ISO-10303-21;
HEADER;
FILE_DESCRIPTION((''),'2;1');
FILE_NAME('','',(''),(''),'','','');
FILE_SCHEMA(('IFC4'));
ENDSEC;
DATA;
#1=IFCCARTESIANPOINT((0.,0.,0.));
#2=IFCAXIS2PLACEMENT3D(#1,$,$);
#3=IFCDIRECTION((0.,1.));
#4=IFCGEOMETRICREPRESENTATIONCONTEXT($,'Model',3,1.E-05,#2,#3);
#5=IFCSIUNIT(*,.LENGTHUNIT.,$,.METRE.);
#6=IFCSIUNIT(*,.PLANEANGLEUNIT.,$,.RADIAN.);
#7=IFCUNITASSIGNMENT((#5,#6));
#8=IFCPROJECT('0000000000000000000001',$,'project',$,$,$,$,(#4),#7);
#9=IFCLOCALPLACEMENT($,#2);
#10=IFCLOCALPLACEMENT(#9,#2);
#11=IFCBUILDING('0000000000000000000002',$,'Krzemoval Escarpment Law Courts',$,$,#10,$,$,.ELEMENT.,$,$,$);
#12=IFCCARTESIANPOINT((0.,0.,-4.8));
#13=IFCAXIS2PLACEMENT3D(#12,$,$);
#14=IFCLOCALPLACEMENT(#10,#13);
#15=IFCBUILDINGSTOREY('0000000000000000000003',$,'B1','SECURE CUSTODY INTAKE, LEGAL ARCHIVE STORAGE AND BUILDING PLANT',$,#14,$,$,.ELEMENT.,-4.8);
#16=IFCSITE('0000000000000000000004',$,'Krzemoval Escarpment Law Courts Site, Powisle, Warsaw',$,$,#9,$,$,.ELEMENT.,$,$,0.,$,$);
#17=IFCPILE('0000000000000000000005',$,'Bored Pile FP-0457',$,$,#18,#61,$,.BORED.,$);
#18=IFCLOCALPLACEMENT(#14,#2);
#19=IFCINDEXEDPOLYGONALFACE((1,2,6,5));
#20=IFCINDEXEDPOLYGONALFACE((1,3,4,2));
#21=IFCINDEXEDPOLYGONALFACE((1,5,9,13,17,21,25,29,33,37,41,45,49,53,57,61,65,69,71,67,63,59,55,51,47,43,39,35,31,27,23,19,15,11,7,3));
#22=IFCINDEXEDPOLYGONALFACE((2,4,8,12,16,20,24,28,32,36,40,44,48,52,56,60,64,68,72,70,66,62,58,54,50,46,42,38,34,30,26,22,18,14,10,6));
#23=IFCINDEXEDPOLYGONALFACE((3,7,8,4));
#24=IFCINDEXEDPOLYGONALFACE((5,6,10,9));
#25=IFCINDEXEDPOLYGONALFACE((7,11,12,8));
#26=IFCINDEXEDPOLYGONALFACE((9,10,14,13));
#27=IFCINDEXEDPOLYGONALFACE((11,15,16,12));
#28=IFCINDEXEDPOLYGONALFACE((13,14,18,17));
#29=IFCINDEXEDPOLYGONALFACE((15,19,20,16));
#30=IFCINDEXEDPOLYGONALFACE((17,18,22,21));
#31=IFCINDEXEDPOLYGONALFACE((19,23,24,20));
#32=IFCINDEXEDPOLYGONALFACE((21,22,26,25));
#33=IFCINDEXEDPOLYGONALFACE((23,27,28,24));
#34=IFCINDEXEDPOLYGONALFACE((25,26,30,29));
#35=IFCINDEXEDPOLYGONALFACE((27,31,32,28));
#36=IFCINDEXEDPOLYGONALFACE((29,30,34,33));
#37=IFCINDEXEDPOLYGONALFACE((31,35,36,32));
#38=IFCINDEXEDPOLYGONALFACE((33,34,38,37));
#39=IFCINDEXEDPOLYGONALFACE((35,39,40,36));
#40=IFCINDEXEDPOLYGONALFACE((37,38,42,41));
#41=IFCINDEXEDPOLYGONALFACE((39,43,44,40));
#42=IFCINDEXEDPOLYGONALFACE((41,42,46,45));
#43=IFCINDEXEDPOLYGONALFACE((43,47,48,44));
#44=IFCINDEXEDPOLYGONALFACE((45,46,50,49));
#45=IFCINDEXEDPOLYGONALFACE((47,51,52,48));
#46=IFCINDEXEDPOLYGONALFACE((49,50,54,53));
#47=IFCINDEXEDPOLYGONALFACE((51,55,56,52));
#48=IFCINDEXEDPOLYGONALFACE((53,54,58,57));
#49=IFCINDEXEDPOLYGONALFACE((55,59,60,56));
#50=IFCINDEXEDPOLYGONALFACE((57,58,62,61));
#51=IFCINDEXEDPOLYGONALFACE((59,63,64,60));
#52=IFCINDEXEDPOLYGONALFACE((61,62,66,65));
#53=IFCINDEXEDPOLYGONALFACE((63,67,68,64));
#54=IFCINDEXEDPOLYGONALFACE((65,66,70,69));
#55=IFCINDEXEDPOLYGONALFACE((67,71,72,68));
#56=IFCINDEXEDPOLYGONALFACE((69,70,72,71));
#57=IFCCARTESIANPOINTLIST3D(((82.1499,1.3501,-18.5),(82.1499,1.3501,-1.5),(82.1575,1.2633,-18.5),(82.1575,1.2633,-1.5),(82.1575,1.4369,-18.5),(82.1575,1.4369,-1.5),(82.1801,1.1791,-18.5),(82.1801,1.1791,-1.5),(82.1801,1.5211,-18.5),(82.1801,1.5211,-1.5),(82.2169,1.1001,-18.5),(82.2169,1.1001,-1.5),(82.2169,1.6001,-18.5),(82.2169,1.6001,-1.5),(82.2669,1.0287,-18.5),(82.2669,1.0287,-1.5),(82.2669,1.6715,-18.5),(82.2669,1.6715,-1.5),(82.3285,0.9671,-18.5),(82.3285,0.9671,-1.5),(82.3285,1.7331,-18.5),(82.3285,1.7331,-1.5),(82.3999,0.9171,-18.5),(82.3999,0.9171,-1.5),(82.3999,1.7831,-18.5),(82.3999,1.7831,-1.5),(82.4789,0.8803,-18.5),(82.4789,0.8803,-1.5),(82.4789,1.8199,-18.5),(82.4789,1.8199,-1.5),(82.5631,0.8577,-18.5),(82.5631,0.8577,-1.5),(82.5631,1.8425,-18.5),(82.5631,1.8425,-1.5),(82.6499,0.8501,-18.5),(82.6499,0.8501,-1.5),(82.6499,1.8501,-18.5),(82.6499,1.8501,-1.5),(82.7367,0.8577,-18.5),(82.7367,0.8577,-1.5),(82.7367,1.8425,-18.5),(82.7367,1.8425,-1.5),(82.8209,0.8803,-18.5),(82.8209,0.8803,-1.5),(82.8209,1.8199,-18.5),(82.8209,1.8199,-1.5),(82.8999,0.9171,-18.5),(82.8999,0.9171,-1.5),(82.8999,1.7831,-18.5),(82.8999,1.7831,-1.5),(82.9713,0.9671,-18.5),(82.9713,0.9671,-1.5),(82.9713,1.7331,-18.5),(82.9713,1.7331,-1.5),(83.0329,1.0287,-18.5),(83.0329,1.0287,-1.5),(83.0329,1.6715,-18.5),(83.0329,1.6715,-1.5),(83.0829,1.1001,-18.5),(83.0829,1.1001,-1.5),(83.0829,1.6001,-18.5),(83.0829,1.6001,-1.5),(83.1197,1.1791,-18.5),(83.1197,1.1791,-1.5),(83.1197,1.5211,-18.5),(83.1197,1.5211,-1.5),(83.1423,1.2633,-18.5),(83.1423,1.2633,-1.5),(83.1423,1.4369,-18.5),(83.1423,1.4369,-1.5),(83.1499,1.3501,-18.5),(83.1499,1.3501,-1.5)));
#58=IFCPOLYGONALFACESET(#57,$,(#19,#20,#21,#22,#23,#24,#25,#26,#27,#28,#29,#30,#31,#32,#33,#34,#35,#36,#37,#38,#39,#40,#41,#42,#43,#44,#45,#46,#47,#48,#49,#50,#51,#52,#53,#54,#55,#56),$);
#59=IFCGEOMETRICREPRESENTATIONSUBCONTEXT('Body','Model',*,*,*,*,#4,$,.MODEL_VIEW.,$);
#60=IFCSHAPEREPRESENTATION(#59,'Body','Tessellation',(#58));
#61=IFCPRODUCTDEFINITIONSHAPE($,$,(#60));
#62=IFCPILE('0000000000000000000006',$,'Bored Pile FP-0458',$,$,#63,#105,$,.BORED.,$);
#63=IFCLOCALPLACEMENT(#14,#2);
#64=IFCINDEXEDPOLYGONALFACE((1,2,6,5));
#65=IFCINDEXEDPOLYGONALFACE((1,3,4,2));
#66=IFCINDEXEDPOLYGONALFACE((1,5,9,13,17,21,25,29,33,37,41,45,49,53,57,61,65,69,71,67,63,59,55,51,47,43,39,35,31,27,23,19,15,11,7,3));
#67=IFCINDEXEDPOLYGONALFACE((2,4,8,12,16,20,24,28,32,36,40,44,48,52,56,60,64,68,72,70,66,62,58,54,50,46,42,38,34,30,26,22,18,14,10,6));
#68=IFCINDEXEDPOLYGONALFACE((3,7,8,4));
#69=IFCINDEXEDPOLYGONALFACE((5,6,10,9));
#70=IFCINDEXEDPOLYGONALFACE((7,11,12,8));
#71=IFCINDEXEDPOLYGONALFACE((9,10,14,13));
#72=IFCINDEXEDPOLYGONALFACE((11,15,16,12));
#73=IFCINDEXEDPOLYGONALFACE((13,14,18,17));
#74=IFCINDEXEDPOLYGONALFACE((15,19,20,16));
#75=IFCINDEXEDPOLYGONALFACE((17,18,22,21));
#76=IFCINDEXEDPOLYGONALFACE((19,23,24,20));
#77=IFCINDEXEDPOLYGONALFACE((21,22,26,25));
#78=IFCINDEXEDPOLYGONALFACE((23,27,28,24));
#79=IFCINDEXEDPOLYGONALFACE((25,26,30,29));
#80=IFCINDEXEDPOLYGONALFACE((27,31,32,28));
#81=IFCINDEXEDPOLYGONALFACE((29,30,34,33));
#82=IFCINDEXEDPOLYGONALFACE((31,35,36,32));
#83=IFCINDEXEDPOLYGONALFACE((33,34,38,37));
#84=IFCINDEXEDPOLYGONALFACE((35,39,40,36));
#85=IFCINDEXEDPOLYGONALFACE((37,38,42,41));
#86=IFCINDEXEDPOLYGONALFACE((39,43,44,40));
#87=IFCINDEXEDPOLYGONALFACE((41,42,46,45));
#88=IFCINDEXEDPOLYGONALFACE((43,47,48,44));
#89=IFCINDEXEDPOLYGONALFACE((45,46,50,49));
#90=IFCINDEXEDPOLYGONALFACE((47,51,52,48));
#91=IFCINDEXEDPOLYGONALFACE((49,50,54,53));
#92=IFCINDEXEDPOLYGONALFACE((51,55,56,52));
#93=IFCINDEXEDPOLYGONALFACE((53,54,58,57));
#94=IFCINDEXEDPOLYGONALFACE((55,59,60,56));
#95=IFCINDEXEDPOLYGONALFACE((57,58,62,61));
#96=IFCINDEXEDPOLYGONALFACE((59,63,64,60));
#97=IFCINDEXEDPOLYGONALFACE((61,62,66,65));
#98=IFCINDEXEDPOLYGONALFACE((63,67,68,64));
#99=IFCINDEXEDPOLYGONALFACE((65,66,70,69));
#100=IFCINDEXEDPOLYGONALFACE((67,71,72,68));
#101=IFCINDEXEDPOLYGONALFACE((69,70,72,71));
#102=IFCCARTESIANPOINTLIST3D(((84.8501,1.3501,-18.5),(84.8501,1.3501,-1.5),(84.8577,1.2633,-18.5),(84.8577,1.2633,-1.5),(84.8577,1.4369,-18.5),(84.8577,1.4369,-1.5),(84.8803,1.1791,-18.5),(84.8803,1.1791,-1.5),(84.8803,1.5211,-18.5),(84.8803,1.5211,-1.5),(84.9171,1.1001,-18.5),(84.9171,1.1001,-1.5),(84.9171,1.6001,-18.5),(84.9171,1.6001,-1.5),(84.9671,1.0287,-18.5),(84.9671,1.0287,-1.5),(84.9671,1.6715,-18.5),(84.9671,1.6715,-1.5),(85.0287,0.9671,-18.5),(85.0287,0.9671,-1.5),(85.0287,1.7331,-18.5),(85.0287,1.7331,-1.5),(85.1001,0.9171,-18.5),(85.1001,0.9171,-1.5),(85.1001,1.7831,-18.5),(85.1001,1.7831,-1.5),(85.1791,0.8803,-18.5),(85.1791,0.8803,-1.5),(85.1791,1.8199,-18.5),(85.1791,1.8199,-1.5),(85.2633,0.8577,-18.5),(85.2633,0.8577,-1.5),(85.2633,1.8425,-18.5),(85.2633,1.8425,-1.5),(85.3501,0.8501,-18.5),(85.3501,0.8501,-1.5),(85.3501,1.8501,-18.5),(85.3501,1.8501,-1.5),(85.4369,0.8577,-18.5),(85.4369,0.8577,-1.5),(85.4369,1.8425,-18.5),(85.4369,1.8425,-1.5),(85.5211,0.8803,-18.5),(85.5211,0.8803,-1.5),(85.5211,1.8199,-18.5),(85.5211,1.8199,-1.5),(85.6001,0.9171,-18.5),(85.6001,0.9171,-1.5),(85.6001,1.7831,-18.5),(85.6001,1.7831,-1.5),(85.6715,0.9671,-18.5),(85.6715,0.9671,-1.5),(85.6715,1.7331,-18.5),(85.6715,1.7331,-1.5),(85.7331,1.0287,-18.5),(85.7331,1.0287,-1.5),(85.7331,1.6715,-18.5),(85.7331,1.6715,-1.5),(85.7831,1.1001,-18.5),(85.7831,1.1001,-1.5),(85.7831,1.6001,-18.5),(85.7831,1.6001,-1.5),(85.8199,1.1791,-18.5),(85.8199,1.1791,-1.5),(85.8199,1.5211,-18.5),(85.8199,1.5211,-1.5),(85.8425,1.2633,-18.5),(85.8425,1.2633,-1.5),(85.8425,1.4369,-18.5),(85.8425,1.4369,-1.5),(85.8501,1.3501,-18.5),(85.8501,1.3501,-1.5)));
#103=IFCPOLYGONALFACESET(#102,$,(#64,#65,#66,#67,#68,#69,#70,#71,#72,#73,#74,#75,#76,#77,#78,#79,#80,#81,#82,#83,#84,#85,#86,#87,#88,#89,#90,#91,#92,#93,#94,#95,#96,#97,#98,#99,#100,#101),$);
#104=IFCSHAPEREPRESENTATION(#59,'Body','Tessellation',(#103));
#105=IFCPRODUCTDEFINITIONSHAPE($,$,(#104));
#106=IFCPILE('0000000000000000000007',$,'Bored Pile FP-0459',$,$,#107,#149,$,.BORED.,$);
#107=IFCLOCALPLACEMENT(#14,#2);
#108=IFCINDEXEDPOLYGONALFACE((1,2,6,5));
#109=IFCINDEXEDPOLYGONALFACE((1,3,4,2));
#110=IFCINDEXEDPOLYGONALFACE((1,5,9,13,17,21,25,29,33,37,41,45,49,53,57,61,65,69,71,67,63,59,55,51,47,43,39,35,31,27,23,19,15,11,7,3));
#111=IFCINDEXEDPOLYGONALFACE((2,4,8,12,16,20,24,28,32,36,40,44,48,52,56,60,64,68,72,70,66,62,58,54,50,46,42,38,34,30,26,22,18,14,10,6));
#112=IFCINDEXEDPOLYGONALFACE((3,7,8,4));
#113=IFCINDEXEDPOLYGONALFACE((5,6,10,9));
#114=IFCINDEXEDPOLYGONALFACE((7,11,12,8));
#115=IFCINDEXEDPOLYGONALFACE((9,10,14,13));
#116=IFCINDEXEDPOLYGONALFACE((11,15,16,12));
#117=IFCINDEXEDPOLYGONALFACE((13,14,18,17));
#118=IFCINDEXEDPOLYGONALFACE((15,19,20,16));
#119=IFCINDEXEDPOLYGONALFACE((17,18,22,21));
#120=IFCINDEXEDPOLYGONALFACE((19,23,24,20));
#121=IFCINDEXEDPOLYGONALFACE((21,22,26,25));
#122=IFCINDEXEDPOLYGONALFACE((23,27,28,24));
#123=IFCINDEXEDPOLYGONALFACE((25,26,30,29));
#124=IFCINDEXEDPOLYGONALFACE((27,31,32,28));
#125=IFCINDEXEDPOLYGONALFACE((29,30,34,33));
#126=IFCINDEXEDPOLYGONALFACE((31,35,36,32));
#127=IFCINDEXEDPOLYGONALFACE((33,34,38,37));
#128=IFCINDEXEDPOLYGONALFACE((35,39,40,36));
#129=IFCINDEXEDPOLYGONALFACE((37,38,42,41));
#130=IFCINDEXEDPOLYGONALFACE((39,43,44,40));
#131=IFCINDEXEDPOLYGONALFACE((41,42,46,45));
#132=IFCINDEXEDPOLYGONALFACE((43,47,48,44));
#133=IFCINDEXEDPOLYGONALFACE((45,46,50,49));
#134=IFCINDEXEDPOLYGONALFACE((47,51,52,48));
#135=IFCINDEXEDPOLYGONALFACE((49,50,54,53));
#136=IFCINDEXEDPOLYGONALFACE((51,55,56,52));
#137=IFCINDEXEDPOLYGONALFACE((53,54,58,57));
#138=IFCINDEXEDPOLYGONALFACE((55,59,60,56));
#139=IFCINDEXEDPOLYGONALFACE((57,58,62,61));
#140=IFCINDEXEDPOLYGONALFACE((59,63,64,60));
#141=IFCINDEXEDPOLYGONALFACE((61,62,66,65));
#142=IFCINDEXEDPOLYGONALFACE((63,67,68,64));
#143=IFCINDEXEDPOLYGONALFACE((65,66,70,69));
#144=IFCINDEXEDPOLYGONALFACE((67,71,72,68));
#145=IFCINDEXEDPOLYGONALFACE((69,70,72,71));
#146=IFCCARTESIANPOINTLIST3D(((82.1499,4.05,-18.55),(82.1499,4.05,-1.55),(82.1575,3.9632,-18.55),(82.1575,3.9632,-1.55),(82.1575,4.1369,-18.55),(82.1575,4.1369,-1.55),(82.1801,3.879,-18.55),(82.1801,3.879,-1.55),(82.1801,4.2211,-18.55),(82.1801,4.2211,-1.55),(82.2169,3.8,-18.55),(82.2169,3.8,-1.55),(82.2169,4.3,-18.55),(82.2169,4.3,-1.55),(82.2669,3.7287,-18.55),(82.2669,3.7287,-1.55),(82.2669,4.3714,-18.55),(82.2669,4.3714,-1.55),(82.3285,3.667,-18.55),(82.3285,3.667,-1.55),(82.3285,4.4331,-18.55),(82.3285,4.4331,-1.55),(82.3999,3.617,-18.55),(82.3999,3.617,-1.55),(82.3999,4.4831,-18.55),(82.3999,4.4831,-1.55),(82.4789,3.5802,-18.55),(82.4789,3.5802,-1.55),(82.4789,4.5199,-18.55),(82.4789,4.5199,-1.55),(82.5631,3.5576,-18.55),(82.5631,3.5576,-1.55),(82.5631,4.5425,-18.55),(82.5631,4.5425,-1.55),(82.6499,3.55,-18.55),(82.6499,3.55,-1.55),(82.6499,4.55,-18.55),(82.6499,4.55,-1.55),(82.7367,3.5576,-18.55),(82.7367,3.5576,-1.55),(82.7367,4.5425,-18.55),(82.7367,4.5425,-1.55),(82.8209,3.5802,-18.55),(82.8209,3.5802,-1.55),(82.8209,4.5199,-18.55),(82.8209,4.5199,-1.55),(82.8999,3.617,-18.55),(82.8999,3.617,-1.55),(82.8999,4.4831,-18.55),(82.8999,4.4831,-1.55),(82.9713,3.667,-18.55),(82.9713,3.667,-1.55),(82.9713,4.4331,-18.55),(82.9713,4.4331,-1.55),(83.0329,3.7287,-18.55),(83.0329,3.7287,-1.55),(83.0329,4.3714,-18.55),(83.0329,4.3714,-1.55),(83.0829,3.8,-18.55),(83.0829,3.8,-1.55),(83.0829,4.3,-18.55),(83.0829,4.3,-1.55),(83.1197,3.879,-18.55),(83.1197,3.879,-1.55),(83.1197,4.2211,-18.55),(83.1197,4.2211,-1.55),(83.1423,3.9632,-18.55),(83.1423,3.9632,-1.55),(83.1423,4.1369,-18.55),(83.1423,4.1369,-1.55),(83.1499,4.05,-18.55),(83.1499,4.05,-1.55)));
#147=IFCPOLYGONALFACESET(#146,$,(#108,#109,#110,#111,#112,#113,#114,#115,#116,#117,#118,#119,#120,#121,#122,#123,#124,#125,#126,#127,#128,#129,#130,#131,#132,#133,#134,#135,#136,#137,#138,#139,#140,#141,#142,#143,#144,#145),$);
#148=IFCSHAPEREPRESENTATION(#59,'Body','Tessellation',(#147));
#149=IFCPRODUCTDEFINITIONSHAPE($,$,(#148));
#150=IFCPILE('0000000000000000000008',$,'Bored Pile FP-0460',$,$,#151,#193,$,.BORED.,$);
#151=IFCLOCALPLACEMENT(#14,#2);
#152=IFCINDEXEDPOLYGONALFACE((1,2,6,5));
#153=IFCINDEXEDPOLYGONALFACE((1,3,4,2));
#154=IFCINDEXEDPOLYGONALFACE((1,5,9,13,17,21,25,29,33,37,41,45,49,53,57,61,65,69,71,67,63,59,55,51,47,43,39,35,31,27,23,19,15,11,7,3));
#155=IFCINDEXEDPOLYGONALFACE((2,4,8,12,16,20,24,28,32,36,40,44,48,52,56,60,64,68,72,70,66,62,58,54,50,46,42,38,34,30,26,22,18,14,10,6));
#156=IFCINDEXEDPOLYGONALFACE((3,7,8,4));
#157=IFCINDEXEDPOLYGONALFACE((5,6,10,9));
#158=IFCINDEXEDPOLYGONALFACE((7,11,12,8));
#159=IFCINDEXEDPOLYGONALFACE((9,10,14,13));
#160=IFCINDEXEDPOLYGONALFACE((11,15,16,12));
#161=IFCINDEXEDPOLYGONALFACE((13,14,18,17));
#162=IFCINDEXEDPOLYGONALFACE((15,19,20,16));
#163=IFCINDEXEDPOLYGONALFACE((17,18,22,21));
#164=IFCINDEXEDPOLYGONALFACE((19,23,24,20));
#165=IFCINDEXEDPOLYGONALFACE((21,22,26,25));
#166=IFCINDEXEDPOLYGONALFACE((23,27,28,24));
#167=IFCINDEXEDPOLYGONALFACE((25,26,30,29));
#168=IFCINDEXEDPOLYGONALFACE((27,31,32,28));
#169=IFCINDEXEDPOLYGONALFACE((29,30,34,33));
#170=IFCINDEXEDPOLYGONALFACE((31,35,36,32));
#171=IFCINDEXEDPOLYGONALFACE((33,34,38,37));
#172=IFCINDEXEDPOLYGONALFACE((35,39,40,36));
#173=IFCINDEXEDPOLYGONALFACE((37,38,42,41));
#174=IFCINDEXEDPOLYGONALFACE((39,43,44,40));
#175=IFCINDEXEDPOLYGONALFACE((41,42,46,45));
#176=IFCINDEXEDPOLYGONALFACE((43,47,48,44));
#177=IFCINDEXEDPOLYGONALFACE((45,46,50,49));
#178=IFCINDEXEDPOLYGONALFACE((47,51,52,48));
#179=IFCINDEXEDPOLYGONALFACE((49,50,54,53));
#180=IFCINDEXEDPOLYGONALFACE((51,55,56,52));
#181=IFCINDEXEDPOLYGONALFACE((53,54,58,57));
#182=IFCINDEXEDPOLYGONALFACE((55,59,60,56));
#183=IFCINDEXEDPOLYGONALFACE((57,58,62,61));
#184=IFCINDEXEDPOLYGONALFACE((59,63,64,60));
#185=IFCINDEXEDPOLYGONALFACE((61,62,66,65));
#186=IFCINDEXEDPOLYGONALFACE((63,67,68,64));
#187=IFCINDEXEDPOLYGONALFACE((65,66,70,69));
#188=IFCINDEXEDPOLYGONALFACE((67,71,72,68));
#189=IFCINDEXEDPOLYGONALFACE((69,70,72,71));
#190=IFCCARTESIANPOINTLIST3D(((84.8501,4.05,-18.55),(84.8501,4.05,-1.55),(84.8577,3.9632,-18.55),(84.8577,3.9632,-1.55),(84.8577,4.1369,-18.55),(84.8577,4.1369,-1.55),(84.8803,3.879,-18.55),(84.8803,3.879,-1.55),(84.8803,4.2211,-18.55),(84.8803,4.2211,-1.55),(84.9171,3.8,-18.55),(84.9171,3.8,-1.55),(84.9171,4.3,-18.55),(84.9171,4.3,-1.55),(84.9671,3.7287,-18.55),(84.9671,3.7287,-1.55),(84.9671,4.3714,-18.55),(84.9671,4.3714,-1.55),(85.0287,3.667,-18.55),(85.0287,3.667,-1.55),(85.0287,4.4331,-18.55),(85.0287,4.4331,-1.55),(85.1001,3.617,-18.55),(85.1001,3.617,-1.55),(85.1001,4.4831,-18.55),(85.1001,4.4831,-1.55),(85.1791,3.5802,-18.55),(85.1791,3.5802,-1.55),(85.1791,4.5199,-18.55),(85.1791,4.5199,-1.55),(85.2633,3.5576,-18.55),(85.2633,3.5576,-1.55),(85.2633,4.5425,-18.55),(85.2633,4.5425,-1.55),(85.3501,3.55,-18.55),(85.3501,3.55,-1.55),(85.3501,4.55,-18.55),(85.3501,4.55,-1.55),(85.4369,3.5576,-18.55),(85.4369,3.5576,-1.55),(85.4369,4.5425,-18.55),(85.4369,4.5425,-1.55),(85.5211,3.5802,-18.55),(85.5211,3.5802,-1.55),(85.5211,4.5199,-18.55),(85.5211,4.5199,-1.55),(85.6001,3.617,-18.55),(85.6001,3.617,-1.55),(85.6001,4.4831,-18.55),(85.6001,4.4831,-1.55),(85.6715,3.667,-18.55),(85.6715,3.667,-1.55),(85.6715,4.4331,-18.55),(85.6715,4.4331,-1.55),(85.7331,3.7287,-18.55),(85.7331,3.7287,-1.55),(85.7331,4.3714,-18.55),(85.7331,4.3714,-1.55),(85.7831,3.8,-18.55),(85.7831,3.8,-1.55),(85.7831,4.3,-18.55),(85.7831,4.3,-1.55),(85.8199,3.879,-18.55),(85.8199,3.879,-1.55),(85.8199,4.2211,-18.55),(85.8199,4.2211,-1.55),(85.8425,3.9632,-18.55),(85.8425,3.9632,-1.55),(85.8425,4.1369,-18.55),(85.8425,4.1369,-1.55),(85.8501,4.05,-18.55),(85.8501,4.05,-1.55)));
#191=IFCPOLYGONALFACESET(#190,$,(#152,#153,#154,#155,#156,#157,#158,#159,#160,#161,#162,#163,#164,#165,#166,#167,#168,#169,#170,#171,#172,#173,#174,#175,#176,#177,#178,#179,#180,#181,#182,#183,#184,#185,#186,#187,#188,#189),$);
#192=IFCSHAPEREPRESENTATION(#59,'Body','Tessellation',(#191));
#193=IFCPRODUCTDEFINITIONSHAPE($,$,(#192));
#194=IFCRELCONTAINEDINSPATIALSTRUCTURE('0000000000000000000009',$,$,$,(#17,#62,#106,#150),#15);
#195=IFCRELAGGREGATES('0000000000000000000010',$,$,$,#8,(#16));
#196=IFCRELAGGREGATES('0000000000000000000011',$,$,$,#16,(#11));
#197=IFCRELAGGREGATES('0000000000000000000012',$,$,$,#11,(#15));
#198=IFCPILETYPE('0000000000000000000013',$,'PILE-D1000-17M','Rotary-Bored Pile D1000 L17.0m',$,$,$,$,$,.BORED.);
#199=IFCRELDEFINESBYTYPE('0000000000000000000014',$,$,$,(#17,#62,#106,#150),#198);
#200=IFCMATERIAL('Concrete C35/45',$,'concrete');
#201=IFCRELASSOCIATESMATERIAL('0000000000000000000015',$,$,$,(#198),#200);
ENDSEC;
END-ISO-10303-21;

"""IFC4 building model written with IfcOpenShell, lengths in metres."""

from ifc_helpers import new_model, si_unit, direction, frame, origin, origin_2d, place, context, subcontext, project, spatial, circle, extrude, material, material_profile, profile_set, type_object, element, save


model = new_model("IFC4")

# Units and contexts
model_context = context("Model", 3, precision=1e-05, world=origin(), true_north=direction((0.0, 1.0)))
body_context = subcontext(model_context, "Body", "Model", "MODEL_VIEW")
ifc_project = project(units=[si_unit("LENGTHUNIT", "METRE"), si_unit("PLANEANGLEUNIT", "RADIAN")], contexts=[model_context])

# Site, building, storey
site_placement = place(None, origin())
site = spatial("IfcSite", under=ifc_project, at=site_placement, Name="Krzemoval Escarpment Law Courts Site, Powisle, Warsaw", CompositionType="ELEMENT", RefElevation=0.0)
building_placement = place(site_placement, origin())
building = spatial("IfcBuilding", under=site, at=building_placement, Name="Krzemoval Escarpment Law Courts", CompositionType="ELEMENT")
storey_placement = place(building_placement, frame((0.0, 0.0, -4.8)))
storey = spatial("IfcBuildingStorey", under=building, at=storey_placement, Name="B1", Description="SECURE CUSTODY INTAKE, LEGAL ARCHIVE STORAGE AND BUILDING PLANT", CompositionType="ELEMENT", Elevation=-4.8)

# Piles
ifc_material_1 = material(Name="Concrete C35/45", Category="concrete")
ifc_material_profile_1 = material_profile(ifc_material_1, circle(Radius=0.5, at=origin_2d()), Name="PILE D1000")
ifc_profile_set_1 = profile_set([ifc_material_profile_1], Name="Concrete C35/45")
pile_type = type_object("IfcPileType", Name="PILE-D1000-17M", Description="Rotary-Bored Pile D1000 L17.0m", PredefinedType="BORED", material=ifc_profile_set_1)
for number, where, z_axis, x_axis, name in (
    (1, (82.6499, 1.3501, -1.5), (0.0, 0.0, -1.0), (1.0, 0.0, 0.0), "Bored Pile FP-0457"),
    (2, (85.3501, 1.3501, -1.5), (0.0, 0.0, -1.0), (1.0, 0.0, 0.0), "Bored Pile FP-0458"),
    (3, (82.6499, 4.05, -1.55), (0.0, 0.0, -1.0), (1.0, 0.0, 0.0), "Bored Pile FP-0459"),
    (4, (85.3501, 4.05, -1.55), (0.0, 0.0, -1.0), (1.0, 0.0, 0.0), "Bored Pile FP-0460"),
):
    element("IfcPile", number, at=place(storey_placement, frame(where, z_axis=z_axis, x_axis=x_axis)), inside=storey, type_object=pile_type, Name=name, PredefinedType="BORED", context=body_context, shape_type="SweptSolid", body=[
        extrude(circle(Radius=0.5, at=origin_2d()), origin(), (0.0, 0.0, 1.0), 17.0),
    ])

save(model, "model.ifc")
